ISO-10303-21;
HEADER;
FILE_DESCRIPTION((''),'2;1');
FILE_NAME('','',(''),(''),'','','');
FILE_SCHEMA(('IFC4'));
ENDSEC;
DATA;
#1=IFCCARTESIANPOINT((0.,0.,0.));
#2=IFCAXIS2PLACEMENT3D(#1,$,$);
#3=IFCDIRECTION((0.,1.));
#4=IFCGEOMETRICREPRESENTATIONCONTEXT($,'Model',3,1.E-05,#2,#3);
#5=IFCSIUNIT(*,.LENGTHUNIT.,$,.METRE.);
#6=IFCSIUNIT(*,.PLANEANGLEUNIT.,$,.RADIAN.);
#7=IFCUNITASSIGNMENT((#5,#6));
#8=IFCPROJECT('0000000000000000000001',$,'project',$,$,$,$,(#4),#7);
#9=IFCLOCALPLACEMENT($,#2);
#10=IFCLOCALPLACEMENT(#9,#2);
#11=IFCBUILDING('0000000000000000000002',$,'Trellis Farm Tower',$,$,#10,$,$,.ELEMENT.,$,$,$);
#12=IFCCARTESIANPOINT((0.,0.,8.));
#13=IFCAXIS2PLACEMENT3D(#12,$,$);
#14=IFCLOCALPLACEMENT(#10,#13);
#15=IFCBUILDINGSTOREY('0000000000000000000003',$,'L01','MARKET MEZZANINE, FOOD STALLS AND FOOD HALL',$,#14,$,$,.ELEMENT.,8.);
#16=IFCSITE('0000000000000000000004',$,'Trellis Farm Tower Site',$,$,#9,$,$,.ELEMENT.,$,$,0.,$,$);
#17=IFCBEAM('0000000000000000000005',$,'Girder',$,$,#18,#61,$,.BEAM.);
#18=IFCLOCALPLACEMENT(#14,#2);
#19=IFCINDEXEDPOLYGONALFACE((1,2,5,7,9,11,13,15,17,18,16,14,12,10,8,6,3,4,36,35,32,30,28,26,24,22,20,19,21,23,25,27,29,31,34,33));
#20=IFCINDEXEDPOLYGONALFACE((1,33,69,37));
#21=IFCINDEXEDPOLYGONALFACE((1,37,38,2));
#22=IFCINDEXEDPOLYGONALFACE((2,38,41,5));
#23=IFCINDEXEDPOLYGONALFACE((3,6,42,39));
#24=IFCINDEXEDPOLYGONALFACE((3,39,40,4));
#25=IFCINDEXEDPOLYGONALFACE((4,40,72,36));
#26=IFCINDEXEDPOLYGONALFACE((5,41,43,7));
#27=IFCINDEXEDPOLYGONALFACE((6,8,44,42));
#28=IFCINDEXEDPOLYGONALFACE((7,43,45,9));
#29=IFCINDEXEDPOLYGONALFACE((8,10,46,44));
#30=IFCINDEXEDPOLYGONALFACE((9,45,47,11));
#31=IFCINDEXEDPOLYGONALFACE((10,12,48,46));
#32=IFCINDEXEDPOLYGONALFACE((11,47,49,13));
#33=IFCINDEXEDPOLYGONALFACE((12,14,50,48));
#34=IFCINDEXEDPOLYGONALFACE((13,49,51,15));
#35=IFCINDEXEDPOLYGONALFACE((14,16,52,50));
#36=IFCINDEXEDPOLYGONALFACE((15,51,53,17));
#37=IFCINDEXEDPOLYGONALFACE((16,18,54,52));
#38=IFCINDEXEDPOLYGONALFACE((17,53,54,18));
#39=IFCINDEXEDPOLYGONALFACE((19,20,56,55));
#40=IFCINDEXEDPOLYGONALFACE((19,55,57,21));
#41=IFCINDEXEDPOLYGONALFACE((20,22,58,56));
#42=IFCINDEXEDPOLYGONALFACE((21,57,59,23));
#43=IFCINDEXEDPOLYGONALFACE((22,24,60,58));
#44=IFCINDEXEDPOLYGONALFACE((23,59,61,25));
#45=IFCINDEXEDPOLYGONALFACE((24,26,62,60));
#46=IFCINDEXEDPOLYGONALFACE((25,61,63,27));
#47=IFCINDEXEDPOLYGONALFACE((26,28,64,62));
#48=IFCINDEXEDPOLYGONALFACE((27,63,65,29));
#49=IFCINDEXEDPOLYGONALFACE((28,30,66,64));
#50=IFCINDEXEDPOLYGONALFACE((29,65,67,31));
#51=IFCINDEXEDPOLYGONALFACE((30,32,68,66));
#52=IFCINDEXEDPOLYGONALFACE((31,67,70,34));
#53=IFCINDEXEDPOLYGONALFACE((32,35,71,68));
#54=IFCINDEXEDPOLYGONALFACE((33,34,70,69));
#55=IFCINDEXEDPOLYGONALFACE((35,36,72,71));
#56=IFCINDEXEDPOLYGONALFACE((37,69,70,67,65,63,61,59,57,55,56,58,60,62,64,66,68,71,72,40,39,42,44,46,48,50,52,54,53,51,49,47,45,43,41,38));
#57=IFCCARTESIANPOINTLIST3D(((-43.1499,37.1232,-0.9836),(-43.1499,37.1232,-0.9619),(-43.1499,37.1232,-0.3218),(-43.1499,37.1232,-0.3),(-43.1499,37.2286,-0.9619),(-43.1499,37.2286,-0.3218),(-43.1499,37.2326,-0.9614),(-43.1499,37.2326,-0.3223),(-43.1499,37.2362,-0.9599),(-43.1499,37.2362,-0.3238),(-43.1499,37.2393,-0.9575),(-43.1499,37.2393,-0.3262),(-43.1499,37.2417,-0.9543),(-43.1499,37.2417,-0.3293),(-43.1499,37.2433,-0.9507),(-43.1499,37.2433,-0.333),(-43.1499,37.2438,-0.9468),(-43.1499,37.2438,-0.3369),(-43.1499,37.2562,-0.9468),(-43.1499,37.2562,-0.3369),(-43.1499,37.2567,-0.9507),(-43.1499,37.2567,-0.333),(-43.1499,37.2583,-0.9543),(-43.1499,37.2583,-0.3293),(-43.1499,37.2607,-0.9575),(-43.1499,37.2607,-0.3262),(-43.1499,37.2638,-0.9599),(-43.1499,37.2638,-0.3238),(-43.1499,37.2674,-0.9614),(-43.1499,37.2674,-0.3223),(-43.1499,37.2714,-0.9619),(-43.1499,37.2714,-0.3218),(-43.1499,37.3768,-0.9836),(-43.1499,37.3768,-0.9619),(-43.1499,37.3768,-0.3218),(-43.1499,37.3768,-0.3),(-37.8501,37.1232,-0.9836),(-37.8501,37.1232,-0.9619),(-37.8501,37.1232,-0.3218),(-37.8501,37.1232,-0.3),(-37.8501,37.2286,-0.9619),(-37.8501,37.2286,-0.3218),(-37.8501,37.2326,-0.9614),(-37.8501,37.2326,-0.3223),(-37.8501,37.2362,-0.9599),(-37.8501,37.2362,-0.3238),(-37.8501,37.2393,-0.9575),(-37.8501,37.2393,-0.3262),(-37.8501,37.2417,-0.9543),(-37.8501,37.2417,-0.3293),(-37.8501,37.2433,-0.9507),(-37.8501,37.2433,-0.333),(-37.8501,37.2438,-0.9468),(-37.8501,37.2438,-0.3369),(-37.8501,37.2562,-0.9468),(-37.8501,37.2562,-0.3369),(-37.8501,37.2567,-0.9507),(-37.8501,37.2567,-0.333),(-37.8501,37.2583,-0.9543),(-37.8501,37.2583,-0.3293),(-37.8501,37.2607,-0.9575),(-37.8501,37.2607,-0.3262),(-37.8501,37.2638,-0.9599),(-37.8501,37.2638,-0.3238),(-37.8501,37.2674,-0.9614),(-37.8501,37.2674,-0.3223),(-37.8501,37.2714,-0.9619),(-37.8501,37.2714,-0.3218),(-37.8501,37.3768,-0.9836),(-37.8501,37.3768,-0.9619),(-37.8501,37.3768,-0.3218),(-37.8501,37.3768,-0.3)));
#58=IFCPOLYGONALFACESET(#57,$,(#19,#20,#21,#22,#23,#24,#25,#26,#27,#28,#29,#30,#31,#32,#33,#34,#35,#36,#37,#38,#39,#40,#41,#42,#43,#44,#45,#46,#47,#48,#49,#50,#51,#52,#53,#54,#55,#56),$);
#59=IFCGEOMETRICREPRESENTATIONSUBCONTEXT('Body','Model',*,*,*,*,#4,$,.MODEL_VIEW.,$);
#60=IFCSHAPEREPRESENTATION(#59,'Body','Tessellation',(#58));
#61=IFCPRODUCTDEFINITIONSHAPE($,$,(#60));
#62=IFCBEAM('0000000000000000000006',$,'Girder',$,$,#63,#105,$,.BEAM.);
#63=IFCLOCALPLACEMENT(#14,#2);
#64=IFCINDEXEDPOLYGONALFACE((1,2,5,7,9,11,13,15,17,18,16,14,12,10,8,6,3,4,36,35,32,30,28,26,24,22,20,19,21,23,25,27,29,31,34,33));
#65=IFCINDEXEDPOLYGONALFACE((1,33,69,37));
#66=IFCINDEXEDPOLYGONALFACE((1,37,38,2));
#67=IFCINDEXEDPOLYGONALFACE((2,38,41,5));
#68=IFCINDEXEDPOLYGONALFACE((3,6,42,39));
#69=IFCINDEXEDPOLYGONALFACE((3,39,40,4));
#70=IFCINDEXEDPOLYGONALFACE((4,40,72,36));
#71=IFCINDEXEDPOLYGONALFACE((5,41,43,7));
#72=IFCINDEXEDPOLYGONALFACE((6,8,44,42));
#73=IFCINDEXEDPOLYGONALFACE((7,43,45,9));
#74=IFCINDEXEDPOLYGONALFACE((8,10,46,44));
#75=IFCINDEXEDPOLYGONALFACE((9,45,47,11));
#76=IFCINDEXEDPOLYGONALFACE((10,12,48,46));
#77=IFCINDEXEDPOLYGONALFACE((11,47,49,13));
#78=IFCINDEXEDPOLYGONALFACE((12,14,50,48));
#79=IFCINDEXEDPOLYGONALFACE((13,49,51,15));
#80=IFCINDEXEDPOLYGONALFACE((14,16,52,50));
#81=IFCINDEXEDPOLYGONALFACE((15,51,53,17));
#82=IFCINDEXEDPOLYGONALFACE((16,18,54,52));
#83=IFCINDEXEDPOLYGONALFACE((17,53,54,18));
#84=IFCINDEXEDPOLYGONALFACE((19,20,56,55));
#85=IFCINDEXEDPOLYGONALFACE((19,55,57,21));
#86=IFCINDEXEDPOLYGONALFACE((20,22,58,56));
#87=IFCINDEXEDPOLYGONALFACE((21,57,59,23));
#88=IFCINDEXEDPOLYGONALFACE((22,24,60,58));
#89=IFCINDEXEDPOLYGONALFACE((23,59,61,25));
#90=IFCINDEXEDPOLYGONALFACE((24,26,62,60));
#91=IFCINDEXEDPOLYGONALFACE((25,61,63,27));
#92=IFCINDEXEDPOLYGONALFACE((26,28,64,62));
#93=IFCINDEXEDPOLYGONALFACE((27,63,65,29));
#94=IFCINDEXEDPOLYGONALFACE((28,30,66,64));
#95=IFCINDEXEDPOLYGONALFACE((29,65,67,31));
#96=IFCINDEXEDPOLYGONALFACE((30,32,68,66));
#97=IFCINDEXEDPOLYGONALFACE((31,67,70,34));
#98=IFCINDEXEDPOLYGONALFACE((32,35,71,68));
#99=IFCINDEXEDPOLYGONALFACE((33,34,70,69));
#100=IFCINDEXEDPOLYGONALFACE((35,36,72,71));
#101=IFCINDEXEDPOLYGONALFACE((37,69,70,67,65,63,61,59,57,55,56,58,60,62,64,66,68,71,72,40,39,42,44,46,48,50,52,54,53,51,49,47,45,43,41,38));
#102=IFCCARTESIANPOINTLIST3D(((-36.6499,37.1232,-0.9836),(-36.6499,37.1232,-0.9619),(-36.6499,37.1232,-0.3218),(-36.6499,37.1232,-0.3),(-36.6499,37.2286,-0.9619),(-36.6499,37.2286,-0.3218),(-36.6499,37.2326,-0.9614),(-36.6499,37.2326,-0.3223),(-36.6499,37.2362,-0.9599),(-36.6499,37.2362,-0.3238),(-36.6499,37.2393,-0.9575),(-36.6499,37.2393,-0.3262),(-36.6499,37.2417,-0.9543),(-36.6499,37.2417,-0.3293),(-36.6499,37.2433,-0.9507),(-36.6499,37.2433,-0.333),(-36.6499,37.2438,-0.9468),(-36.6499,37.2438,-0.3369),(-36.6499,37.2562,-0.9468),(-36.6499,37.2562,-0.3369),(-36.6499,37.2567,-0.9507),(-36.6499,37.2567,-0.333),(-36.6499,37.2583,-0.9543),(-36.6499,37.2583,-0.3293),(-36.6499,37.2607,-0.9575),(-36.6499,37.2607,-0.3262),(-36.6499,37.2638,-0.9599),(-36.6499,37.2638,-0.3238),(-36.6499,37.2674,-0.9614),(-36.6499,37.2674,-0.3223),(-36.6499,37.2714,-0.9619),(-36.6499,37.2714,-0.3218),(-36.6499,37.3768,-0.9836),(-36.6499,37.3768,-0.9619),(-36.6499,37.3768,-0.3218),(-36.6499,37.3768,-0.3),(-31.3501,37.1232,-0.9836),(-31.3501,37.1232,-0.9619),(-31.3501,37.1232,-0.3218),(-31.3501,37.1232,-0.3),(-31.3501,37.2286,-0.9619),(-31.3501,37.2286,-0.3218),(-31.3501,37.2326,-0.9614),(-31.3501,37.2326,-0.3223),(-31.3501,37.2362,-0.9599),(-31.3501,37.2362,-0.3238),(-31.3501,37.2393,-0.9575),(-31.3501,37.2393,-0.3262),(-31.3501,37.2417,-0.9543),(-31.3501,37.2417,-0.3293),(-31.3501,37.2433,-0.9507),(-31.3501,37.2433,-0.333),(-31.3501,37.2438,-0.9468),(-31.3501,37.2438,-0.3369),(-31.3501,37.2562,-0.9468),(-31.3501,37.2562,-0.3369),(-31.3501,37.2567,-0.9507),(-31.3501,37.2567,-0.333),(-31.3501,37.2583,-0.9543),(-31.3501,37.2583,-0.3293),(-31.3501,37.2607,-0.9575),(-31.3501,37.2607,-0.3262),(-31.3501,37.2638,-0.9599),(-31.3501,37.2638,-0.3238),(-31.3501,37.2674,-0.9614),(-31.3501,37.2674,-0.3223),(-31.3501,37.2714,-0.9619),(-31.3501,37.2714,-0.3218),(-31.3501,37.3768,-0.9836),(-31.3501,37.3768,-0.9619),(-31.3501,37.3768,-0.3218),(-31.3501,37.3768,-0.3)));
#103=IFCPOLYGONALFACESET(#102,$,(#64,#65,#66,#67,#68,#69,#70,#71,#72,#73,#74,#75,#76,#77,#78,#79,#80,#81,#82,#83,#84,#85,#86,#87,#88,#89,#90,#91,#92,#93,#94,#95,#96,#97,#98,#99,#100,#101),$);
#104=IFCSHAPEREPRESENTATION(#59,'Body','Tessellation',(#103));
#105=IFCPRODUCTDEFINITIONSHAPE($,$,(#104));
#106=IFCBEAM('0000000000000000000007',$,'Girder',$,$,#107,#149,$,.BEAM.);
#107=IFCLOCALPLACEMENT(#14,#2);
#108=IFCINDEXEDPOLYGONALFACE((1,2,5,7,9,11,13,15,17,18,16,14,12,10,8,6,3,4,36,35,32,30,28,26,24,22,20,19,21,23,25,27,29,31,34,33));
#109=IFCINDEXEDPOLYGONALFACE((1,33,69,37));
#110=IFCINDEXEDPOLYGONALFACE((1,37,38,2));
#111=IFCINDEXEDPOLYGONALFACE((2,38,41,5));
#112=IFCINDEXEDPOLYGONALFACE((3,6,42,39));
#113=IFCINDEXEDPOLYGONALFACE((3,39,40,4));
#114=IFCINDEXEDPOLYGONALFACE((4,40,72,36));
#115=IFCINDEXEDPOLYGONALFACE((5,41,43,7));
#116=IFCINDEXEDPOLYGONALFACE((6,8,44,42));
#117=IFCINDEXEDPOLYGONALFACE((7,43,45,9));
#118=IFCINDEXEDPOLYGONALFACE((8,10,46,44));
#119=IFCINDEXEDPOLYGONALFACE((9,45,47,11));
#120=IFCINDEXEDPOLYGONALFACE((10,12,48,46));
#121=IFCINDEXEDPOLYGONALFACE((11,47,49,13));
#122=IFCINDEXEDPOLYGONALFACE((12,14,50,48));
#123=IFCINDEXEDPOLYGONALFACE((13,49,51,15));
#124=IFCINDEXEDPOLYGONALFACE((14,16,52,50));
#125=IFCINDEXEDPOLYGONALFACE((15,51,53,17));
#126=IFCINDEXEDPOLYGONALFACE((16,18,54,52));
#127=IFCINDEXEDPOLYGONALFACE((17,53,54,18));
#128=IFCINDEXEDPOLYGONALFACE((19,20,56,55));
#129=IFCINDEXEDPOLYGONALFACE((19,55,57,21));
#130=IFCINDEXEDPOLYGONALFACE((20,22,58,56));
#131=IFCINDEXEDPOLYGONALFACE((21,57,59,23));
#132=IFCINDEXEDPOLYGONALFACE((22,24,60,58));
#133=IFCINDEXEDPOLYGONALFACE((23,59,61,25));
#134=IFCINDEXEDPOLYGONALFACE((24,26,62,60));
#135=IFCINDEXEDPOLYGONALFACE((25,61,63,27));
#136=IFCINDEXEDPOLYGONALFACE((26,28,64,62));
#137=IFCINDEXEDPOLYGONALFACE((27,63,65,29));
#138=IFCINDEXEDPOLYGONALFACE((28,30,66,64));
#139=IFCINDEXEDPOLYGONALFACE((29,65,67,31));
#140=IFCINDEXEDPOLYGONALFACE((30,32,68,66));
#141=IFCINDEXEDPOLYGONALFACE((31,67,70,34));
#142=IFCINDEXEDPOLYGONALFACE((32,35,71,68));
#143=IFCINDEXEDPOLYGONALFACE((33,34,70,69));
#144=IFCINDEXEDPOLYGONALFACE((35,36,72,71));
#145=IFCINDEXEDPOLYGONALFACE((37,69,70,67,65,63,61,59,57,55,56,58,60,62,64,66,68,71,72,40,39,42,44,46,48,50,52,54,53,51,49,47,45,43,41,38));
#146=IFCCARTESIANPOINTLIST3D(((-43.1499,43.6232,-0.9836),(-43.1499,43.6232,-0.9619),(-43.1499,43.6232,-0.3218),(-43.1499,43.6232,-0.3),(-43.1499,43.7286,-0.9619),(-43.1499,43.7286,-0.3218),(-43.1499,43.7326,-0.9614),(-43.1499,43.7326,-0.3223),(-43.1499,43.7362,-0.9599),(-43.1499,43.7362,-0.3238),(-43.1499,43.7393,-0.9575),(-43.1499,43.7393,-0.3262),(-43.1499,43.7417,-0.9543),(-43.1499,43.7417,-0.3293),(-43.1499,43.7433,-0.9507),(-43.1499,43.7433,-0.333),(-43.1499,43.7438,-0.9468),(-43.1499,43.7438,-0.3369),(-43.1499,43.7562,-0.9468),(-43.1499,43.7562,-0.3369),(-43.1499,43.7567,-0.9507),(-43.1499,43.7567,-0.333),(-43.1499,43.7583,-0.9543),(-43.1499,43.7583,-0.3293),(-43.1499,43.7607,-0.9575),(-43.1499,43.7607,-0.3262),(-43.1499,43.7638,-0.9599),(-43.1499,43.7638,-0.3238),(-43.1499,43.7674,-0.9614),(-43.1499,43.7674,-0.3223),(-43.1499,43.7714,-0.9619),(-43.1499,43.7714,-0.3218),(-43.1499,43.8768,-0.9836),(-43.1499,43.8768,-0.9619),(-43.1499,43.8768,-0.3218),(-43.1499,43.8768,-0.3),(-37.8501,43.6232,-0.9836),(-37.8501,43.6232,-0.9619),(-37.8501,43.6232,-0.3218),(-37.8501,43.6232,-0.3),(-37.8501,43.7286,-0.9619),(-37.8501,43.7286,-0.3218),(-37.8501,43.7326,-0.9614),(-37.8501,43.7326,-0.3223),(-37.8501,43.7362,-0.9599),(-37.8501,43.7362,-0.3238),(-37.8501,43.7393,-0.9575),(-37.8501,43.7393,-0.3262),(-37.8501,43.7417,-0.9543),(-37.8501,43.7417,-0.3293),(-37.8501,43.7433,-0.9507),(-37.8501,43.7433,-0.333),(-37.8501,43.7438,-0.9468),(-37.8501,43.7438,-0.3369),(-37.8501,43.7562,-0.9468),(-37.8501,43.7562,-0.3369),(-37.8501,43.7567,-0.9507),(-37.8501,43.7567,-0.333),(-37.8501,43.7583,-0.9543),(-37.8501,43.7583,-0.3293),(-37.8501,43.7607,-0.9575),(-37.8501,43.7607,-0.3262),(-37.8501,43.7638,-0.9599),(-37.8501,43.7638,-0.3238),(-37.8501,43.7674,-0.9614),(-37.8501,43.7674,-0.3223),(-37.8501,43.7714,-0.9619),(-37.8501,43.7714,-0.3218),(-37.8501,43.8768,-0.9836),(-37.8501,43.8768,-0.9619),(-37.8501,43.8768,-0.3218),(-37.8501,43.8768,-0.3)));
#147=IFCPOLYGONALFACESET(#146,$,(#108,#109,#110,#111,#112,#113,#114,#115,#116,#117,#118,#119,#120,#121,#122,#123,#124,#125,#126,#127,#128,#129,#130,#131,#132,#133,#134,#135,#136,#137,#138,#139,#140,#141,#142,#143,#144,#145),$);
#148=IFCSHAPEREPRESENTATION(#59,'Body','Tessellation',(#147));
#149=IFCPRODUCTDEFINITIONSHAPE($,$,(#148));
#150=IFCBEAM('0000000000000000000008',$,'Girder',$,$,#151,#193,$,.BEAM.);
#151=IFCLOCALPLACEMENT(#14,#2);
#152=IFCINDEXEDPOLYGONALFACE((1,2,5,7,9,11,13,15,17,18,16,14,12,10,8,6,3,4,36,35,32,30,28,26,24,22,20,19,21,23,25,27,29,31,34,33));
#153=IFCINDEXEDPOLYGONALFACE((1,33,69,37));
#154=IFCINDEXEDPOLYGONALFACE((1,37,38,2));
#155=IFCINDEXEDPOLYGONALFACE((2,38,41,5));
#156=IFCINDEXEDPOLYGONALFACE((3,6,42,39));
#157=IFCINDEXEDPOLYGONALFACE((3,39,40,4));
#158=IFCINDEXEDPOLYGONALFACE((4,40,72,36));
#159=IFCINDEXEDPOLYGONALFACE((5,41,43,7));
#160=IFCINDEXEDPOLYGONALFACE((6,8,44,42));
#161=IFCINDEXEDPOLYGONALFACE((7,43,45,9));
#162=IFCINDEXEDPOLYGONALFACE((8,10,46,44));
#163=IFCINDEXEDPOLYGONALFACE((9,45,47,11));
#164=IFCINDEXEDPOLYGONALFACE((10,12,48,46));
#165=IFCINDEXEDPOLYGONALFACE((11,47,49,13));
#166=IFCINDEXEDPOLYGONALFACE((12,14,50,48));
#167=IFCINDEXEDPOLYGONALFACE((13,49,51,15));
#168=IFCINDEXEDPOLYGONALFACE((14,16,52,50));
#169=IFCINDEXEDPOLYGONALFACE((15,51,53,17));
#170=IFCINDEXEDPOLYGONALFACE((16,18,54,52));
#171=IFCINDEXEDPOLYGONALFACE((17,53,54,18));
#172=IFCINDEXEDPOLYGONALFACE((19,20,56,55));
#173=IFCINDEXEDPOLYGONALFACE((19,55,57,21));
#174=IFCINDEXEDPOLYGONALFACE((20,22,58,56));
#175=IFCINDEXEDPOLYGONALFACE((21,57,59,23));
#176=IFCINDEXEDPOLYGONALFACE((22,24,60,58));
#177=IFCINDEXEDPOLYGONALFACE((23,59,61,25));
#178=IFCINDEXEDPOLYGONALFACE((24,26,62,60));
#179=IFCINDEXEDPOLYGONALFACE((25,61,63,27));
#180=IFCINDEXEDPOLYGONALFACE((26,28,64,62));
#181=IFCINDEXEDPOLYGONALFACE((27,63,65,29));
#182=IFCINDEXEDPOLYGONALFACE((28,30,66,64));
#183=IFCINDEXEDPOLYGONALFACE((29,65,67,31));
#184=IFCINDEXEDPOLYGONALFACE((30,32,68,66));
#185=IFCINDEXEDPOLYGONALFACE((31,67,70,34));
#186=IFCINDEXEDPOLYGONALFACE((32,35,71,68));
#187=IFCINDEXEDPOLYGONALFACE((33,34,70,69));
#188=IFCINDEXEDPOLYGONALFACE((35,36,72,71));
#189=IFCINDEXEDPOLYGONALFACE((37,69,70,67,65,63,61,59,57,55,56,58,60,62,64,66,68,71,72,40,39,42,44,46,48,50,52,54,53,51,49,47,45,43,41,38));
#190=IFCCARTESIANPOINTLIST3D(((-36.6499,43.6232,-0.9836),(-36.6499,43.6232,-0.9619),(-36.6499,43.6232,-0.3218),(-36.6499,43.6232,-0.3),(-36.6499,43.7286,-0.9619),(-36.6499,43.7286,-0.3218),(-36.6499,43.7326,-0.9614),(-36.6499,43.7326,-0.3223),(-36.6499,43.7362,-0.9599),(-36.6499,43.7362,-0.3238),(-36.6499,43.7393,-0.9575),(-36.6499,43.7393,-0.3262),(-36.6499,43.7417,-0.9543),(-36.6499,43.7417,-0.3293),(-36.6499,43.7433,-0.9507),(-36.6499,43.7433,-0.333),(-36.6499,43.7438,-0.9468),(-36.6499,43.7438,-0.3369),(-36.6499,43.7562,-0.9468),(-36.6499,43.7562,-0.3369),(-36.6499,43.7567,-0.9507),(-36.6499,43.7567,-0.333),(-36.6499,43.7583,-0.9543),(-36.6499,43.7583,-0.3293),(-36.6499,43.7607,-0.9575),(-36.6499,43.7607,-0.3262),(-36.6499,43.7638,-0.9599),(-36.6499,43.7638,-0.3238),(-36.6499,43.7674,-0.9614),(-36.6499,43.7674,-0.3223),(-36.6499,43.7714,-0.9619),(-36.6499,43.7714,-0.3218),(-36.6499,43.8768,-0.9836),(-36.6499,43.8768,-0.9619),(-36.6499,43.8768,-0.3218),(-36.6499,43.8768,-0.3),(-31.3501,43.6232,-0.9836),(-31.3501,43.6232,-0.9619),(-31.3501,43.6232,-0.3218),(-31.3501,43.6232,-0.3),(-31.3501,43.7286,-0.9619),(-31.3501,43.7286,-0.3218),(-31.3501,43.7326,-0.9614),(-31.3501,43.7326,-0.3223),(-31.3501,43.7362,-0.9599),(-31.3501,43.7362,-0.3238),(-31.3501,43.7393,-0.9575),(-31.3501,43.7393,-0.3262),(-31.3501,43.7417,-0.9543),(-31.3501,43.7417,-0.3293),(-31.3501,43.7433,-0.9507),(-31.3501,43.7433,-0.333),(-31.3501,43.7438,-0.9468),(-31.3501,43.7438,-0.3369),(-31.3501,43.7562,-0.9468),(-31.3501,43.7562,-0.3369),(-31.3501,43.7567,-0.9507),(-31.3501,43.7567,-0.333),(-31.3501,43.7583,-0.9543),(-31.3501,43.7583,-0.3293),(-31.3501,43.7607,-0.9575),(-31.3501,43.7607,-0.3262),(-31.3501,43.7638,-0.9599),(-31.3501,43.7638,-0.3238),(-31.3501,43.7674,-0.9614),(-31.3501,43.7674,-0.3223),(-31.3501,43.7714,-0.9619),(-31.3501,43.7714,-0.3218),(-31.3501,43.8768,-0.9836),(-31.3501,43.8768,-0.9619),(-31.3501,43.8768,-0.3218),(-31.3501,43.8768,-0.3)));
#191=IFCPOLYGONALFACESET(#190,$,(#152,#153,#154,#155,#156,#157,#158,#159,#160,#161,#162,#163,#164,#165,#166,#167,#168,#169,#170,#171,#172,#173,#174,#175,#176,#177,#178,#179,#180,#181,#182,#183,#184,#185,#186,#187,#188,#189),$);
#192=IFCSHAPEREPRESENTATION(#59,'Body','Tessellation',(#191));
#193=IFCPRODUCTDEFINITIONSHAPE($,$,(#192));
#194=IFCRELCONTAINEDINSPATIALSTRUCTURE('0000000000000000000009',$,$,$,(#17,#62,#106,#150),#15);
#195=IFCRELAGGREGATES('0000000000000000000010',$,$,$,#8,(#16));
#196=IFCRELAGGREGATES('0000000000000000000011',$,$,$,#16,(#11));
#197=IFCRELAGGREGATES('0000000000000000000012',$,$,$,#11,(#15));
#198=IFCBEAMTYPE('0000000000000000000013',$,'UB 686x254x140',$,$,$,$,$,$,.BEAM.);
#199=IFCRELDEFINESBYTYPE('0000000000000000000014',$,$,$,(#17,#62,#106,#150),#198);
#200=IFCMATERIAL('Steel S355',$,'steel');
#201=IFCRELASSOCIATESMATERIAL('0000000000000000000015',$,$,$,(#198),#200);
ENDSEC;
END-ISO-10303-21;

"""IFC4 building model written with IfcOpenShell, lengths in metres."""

from ifc_helpers import new_model, si_unit, direction, frame, origin, origin_2d, place, context, subcontext, project, spatial, i_section, extrude, source, transform, mapped, material, material_profile, profile_set, type_object, element, save


model = new_model("IFC4")

# Units and contexts
model_context = context("Model", 3, precision=1e-05, world=origin(), true_north=direction((0.0, 1.0)))
body_context = subcontext(model_context, "Body", "Model", "MODEL_VIEW")
ifc_project = project(units=[si_unit("LENGTHUNIT", "METRE"), si_unit("PLANEANGLEUNIT", "RADIAN")], contexts=[model_context])

# Site, building, storey
site_placement = place(None, origin())
site = spatial("IfcSite", under=ifc_project, at=site_placement, Name="Trellis Farm Tower Site", CompositionType="ELEMENT", RefElevation=0.0)
building_placement = place(site_placement, origin())
building = spatial("IfcBuilding", under=site, at=building_placement, Name="Trellis Farm Tower", CompositionType="ELEMENT")
storey_placement = place(building_placement, frame((0.0, 0.0, 8.0)))
storey = spatial("IfcBuildingStorey", under=building, at=storey_placement, Name="L01", Description="MARKET MEZZANINE, FOOD STALLS AND FOOD HALL", CompositionType="ELEMENT", Elevation=8.0)

# Beams
ifc_material_1 = material(Name="Steel S355", Category="steel")
ifc_material_profile_1 = material_profile(ifc_material_1, i_section(OverallWidth=0.2537, OverallDepth=0.6836, WebThickness=0.0125, FlangeThickness=0.0217, FilletRadius=0.0151, at=origin_2d()), Name="UB 686x254x140")
ifc_profile_set_1 = profile_set([ifc_material_profile_1], Name="Steel S355")
beam_type_1 = type_object("IfcBeamType", Name="UB 686x254x140", PredefinedType="BEAM", material=ifc_profile_set_1)
shared_shape_1 = source(origin(), body_context, "Body", "SweptSolid", [
    extrude(i_section(OverallWidth=0.2537, OverallDepth=0.6836, WebThickness=0.0125, FlangeThickness=0.0217, FilletRadius=0.0151, at=origin_2d()), origin(), (0.0, 0.0, 1.0), 5.2998),
])
for number, where, z_axis, x_axis, name in (
    (1, (-43.1499, 37.25, -0.6418), (1.0, 0.0, 0.0), (0.0, 1.0, 0.0), "Girder"),
    (2, (-36.6499, 37.25, -0.6418), (1.0, 0.0, 0.0), (0.0, 1.0, 0.0), "Girder"),
    (3, (-43.1499, 43.75, -0.6418), (1.0, 0.0, 0.0), (0.0, 1.0, 0.0), "Girder"),
    (4, (-36.6499, 43.75, -0.6418), (1.0, 0.0, 0.0), (0.0, 1.0, 0.0), "Girder"),
):
    element("IfcBeam", number, at=place(storey_placement, frame(where, z_axis=z_axis, x_axis=x_axis)), inside=storey, type_object=beam_type_1, Name=name, PredefinedType="BEAM", context=body_context, shape_type="MappedRepresentation", body=[
        mapped(shared_shape_1, transform((0.0, 0.0, 0.0))),
    ])

save(model, "model.ifc")
